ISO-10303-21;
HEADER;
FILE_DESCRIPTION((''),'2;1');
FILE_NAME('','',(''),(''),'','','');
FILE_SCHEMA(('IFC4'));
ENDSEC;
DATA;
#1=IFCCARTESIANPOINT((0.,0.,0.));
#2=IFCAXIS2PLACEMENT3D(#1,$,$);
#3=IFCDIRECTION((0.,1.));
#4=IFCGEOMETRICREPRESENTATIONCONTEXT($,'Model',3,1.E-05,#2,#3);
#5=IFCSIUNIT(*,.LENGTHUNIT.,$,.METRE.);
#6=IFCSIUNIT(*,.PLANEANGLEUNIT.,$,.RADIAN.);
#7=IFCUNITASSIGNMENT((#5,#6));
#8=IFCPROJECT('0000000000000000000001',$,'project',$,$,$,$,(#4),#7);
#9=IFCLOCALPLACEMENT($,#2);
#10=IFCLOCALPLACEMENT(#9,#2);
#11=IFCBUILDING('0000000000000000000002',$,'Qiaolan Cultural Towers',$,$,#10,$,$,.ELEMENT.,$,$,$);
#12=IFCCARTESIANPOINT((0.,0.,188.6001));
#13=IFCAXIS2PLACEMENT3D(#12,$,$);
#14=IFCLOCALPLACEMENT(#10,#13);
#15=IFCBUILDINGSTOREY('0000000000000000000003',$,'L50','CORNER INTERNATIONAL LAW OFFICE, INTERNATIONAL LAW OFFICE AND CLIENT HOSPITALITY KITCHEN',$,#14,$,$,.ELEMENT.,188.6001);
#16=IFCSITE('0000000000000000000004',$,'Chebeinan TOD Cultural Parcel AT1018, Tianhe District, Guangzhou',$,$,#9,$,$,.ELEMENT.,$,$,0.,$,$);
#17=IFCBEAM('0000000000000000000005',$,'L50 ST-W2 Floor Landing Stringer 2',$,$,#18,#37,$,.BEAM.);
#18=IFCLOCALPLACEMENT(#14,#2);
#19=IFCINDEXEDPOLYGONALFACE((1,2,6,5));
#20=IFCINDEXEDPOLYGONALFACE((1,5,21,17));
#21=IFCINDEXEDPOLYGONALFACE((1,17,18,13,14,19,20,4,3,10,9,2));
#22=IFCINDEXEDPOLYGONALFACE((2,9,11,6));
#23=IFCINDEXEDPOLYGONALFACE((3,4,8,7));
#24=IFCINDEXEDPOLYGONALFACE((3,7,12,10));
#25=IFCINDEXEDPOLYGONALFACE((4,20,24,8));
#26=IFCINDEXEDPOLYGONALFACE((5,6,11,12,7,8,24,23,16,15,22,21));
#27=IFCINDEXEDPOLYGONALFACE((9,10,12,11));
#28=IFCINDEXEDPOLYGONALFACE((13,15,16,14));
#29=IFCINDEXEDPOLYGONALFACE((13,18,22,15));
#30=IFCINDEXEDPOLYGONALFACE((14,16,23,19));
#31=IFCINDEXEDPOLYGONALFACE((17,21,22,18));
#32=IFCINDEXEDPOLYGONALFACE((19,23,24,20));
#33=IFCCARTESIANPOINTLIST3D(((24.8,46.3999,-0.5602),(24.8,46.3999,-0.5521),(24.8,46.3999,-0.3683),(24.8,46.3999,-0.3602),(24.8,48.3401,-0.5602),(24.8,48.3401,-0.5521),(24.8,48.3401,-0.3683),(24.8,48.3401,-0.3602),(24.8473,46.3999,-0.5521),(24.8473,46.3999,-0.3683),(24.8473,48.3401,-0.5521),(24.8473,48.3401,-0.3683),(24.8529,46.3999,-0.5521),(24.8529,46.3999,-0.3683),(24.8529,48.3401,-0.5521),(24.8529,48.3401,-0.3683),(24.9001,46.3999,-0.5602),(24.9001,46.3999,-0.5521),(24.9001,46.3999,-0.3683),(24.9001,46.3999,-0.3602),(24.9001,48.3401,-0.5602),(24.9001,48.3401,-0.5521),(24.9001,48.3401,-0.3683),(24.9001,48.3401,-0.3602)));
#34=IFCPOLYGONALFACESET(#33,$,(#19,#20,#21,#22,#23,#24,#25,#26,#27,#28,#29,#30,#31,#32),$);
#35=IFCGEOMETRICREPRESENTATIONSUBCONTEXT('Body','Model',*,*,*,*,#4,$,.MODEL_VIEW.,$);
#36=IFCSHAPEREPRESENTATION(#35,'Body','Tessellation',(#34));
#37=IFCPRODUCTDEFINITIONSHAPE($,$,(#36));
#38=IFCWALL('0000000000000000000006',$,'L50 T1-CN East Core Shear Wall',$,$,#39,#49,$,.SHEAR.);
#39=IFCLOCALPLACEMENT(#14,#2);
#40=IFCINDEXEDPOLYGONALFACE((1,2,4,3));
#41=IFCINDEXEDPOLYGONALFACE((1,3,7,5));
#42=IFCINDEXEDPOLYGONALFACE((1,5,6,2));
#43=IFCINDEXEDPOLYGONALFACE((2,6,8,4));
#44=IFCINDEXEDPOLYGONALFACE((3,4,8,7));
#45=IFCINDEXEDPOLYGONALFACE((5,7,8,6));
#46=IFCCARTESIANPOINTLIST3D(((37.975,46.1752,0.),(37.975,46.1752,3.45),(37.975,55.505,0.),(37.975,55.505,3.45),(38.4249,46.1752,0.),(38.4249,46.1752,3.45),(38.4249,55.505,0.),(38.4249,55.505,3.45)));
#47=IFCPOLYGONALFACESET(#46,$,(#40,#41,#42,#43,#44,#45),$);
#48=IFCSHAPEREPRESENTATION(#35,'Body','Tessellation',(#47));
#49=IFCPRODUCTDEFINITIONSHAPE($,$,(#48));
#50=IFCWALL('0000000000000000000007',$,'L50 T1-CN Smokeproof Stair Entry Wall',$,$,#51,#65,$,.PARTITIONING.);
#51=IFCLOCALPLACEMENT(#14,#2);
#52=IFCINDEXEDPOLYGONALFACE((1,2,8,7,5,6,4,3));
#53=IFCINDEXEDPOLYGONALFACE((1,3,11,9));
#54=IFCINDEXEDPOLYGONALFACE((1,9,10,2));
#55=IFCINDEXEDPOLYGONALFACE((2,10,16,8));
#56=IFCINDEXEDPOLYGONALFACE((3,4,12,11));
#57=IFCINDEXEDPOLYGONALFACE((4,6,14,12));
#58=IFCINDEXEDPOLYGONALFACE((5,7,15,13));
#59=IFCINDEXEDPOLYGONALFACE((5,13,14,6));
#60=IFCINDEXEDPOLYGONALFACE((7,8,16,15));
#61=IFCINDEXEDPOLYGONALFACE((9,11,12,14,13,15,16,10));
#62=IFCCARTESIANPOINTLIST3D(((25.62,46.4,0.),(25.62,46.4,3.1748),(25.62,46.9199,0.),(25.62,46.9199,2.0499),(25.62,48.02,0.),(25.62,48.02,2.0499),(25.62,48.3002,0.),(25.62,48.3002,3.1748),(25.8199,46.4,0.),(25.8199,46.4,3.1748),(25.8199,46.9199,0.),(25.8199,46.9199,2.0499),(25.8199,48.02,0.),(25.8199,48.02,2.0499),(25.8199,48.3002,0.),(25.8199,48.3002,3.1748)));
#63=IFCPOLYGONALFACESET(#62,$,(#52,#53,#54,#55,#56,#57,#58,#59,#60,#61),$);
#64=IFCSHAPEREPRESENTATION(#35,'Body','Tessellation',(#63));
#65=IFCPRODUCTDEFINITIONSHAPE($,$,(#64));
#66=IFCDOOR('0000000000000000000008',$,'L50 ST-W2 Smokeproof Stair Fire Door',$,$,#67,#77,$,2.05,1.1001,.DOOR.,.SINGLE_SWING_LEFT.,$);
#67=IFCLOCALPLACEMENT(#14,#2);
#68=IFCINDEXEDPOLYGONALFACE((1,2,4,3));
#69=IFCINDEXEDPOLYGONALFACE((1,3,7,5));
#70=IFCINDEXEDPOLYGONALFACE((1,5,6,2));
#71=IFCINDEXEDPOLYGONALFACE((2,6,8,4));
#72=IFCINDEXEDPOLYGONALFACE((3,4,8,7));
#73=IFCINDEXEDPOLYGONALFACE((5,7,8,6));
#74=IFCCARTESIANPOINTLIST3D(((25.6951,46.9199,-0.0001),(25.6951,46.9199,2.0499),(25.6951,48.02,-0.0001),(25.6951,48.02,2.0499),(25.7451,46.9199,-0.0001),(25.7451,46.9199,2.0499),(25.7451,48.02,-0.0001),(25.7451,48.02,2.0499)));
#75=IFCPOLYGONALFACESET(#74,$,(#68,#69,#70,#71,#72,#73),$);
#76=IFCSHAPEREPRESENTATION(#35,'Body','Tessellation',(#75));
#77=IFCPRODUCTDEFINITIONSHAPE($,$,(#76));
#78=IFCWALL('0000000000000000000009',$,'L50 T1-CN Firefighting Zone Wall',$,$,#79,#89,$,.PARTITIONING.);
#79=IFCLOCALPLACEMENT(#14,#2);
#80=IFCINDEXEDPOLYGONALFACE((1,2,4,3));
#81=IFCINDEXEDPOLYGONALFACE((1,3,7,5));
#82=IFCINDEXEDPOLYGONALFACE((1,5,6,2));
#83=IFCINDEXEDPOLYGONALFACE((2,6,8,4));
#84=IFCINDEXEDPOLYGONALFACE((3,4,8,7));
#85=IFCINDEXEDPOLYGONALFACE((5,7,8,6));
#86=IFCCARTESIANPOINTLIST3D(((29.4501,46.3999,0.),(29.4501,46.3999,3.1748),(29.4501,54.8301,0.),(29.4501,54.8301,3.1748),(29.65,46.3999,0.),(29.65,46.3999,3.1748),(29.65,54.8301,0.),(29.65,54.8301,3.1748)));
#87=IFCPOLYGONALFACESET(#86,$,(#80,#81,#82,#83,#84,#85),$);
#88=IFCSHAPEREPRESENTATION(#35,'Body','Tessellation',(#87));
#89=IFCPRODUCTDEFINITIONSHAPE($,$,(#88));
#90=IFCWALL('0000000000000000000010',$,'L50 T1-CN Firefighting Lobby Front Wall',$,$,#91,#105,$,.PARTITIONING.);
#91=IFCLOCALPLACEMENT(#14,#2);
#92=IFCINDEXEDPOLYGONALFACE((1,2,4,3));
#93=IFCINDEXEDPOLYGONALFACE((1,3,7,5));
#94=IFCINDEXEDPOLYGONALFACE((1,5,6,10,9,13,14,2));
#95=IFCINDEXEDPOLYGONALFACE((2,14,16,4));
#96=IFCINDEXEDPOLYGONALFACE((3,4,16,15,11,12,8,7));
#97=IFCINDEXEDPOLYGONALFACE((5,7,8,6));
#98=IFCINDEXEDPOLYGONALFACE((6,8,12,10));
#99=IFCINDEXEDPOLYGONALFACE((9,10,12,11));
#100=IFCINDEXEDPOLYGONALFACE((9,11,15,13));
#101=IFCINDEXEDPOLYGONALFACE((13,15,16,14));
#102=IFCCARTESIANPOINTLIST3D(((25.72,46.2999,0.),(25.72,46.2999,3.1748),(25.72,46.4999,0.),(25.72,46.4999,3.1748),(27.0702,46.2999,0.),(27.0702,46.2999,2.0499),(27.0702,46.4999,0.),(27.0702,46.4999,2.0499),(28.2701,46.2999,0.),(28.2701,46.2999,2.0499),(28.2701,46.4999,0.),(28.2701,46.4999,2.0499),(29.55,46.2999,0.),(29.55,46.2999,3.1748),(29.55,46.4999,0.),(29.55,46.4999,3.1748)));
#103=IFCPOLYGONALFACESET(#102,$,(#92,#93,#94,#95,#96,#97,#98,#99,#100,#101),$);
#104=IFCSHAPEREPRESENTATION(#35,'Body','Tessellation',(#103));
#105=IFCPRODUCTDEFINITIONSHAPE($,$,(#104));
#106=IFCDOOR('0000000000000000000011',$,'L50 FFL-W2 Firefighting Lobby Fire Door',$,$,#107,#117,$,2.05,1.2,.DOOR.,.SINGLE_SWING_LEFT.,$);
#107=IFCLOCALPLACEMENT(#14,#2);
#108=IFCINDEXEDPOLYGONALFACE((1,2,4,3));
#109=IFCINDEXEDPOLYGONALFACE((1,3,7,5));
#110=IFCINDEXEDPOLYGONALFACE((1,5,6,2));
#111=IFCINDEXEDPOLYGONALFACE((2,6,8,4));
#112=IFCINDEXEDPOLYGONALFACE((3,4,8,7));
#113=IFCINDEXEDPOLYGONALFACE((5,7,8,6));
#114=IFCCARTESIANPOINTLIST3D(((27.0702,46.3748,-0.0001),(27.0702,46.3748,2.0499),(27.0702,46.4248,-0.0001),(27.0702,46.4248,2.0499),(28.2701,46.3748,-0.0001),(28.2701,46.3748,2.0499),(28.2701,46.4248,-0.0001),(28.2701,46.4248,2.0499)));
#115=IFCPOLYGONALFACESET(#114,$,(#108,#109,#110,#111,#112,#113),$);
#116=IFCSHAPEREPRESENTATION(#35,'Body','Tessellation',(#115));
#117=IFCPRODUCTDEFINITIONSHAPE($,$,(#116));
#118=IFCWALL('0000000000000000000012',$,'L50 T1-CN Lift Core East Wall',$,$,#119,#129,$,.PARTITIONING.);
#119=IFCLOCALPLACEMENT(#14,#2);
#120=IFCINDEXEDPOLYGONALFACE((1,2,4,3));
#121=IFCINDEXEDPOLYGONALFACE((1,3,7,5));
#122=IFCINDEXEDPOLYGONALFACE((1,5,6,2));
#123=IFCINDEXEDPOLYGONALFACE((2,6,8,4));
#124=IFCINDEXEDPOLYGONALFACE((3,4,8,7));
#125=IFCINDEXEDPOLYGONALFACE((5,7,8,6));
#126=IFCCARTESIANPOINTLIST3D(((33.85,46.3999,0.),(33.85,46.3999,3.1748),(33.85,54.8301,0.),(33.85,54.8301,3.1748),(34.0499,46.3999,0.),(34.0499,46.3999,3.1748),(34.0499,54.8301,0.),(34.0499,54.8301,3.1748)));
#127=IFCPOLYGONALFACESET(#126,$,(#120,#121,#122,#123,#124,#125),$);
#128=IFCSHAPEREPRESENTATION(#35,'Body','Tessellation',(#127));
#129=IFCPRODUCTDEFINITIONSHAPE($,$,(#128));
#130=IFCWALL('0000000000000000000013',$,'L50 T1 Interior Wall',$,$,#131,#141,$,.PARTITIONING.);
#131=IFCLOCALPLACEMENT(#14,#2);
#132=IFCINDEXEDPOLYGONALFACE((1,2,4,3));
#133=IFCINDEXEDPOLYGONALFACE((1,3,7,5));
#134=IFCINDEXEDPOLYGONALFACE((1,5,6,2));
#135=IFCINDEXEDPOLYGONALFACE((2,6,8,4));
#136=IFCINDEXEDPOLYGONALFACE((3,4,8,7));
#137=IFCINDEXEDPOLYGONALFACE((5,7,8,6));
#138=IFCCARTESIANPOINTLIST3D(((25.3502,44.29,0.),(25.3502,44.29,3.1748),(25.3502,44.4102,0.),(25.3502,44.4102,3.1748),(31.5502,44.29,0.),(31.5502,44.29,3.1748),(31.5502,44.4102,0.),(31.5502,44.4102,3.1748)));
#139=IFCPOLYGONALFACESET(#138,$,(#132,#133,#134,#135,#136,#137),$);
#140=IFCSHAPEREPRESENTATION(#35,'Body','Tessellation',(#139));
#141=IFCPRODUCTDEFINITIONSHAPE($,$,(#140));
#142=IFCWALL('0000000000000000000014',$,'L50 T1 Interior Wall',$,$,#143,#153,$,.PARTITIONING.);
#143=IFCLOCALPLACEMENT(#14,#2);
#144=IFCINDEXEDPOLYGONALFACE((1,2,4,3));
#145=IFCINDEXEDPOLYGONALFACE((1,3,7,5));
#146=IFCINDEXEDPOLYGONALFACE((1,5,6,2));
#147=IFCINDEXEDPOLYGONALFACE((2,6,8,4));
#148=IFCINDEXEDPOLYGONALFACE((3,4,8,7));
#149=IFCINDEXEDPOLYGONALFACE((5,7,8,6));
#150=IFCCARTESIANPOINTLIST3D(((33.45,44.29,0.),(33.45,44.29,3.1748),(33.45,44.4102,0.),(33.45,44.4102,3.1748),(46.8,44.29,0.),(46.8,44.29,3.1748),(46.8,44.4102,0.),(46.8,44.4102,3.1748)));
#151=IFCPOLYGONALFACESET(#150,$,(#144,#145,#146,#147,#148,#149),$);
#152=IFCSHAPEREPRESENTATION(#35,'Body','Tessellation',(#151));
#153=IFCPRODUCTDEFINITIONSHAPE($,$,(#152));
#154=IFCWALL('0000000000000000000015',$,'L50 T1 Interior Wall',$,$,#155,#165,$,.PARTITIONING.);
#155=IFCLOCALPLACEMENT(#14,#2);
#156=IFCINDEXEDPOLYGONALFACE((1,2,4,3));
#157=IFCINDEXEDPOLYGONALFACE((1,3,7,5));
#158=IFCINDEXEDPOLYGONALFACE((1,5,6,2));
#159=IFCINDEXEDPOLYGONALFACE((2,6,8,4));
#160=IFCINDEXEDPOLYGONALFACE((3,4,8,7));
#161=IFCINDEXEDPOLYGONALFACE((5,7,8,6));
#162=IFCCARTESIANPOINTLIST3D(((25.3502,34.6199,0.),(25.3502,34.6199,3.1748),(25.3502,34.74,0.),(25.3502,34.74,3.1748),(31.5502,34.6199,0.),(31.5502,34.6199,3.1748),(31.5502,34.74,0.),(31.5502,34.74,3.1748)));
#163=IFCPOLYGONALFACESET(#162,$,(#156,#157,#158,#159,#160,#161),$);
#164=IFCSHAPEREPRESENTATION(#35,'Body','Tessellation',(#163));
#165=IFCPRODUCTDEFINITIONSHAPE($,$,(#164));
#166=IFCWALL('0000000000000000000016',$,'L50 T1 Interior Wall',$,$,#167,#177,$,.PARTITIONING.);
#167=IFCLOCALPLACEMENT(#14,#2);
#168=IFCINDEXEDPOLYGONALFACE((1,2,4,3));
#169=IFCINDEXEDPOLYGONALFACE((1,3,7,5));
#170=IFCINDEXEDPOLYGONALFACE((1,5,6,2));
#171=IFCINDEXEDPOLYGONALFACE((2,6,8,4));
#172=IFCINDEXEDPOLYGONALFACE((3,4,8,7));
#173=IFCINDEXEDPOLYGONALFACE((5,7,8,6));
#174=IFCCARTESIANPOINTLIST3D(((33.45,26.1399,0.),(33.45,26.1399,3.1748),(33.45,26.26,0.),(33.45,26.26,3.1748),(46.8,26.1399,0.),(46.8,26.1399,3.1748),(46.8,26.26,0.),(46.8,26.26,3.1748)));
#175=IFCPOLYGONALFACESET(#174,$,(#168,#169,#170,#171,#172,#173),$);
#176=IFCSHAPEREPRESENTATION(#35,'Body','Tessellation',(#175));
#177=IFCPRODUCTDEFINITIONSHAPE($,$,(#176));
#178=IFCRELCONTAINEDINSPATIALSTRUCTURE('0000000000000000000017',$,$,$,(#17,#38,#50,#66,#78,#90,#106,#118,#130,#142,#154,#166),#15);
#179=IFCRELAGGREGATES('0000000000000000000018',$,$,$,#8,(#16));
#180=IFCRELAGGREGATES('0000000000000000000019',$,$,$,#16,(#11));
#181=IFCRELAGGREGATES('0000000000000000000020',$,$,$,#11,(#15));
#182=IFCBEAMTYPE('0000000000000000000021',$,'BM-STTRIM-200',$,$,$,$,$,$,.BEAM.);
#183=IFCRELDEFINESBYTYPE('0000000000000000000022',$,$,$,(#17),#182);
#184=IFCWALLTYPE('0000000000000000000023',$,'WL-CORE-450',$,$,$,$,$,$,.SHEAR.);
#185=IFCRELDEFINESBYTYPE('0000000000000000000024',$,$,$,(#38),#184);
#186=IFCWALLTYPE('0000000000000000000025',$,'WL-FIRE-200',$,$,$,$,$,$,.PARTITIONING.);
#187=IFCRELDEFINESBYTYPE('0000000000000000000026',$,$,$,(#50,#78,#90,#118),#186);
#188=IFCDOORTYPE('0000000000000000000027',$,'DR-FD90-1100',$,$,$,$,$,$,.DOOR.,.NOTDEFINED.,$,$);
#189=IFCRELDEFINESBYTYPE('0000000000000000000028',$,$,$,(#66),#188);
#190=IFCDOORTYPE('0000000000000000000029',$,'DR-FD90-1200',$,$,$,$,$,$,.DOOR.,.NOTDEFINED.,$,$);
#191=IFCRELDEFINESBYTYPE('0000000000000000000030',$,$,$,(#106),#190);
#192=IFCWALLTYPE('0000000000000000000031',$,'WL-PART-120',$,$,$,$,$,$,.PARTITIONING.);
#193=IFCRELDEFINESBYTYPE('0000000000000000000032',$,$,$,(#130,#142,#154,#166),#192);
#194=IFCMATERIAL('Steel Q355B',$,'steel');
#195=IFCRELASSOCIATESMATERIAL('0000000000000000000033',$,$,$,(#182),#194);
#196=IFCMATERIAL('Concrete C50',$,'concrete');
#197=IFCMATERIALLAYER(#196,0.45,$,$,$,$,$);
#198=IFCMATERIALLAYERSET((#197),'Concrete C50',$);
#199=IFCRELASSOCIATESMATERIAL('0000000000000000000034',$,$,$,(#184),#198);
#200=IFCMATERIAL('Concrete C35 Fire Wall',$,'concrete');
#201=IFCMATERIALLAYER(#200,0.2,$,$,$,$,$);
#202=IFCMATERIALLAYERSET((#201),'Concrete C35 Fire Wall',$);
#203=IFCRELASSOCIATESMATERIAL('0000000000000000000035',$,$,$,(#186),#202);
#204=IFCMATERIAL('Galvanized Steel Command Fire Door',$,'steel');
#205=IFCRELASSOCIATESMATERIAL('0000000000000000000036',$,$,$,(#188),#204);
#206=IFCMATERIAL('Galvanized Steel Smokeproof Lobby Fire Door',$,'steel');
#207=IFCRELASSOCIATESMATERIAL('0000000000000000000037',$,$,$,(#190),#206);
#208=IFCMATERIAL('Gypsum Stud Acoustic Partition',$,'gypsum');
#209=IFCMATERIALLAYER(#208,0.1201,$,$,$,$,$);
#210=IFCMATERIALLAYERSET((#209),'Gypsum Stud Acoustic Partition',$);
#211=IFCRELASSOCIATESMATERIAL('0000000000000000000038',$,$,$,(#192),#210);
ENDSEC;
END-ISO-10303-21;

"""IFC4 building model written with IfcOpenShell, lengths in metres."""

from ifc_helpers import new_model, si_unit, direction, frame, frame_2d, origin, origin_2d, place, context, subcontext, project, spatial, rectangle, i_section, extrude, material, layer, layer_set, material_profile, profile_set, type_object, element, fill, save


model = new_model("IFC4")

# Units and contexts
model_context = context("Model", 3, precision=1e-05, world=origin(), true_north=direction((0.0, 1.0)))
body_context = subcontext(model_context, "Body", "Model", "MODEL_VIEW")
ifc_project = project(units=[si_unit("LENGTHUNIT", "METRE"), si_unit("PLANEANGLEUNIT", "RADIAN")], contexts=[model_context])

# Site, building, storey
site_placement = place(None, origin())
site = spatial("IfcSite", under=ifc_project, at=site_placement, Name="Chebeinan TOD Cultural Parcel AT1018, Tianhe District, Guangzhou", CompositionType="ELEMENT", RefElevation=0.0)
building_placement = place(site_placement, origin())
building = spatial("IfcBuilding", under=site, at=building_placement, Name="Qiaolan Cultural Towers", CompositionType="ELEMENT")
storey_placement = place(building_placement, frame((0.0, 0.0, 188.6001)))
storey = spatial("IfcBuildingStorey", under=building, at=storey_placement, Name="L50", Description="CORNER INTERNATIONAL LAW OFFICE, INTERNATIONAL LAW OFFICE AND CLIENT HOSPITALITY KITCHEN", CompositionType="ELEMENT", Elevation=188.6001)

# Beam
ifc_material_1 = material(Name="Steel Q355B", Category="steel")
ifc_material_profile_1 = material_profile(ifc_material_1, i_section(OverallWidth=0.1001, OverallDepth=0.2, WebThickness=0.0056, FlangeThickness=0.0081, at=origin_2d()), Name="HN200x100x5.5x8")
ifc_profile_set_1 = profile_set([ifc_material_profile_1], Name="Steel Q355B")
beam_type_1 = type_object("IfcBeamType", Name="BM-STTRIM-200", PredefinedType="BEAM", material=ifc_profile_set_1)
beam_1_placement = place(storey_placement, frame((24.8501, 46.3999, -0.4602), z_axis=(0.0, 1.0, 0.0), x_axis=(-1.0, 0.0, 0.0)))
element("IfcBeam", 1, at=beam_1_placement, inside=storey, type_object=beam_type_1, Name="L50 ST-W2 Floor Landing Stringer 2", PredefinedType="BEAM", context=body_context, shape_type="SweptSolid", body=[
    extrude(i_section(OverallWidth=0.1001, OverallDepth=0.2, WebThickness=0.0056, FlangeThickness=0.0081, at=origin_2d()), origin(), (0.0, 0.0, 1.0), 1.9402),
])

# Wall
ifc_material_2 = material(Name="Concrete C50", Category="concrete")
ifc_layer_1 = layer(ifc_material_2, 0.45)
ifc_layer_set_1 = layer_set([ifc_layer_1], Name="Concrete C50")
wall_type_1 = type_object("IfcWallType", Name="WL-CORE-450", PredefinedType="SHEAR", material=ifc_layer_set_1)
wall_1_placement = place(storey_placement, frame((38.2, 46.175, 0.0), z_axis=(0.0, 0.0, 1.0), x_axis=(0.0, 1.0, 0.0)))
element("IfcWall", 2, at=wall_1_placement, inside=storey, type_object=wall_type_1, Name="L50 T1-CN East Core Shear Wall", PredefinedType="SHEAR", context=body_context, shape_type="SweptSolid", body=[
    extrude(rectangle(XDim=9.3298, YDim=0.45, at=frame_2d((4.665, 0.0))), origin(), (0.0, 0.0, 1.0), 3.45),
])

# Wall, opening, door
ifc_material_3 = material(Name="Concrete C35 Fire Wall", Category="concrete")
ifc_layer_2 = layer(ifc_material_3, 0.2)
ifc_layer_set_2 = layer_set([ifc_layer_2], Name="Concrete C35 Fire Wall")
wall_type_2 = type_object("IfcWallType", Name="WL-FIRE-200", PredefinedType="PARTITIONING", material=ifc_layer_set_2)
wall_2_placement = place(storey_placement, frame((25.72, 46.3999, 0.0), z_axis=(0.0, 0.0, 1.0), x_axis=(0.0, 1.0, 0.0)))
wall_2 = element("IfcWall", 3, at=wall_2_placement, inside=storey, type_object=wall_type_2, Name="L50 T1-CN Smokeproof Stair Entry Wall", PredefinedType="PARTITIONING", context=body_context, shape_type="SweptSolid", body=[
    extrude(rectangle(XDim=1.9001, YDim=0.2, at=frame_2d((0.9502, 0.0))), origin(), (0.0, 0.0, 1.0), 3.1748),
])
opening_1_placement = place(wall_2_placement, frame((0.52, 0.0, 0.0)))
opening_1 = element("IfcOpeningElement", 4, at=opening_1_placement, cuts=wall_2, PredefinedType="OPENING", context=body_context, shape_type="SweptSolid", body=[
    extrude(rectangle(XDim=1.1001, YDim=2.05, at=frame_2d((0.55, 1.0249))), frame((0.0, 0.1099, 0.0), z_axis=(0.0, -1.0, 0.0), x_axis=(1.0, 0.0, 0.0)), (0.0, 0.0, 1.0), 0.22),
])
ifc_material_4 = material(Name="Galvanized Steel Command Fire Door", Category="steel")
door_type_1 = type_object("IfcDoorType", Name="DR-FD90-1100", OperationType="NOTDEFINED", PredefinedType="DOOR", material=ifc_material_4)
door_1_placement = place(opening_1_placement, origin())
door_1 = element("IfcDoor", 5, at=door_1_placement, inside=storey, type_object=door_type_1, Name="L50 ST-W2 Smokeproof Stair Fire Door", OperationType="SINGLE_SWING_LEFT", OverallHeight=2.05, OverallWidth=1.1001, PredefinedType="DOOR", context=body_context, shape_type="SweptSolid", body=[
    extrude(rectangle(XDim=1.1001, YDim=2.05, at=frame_2d((0.55, 1.0249))), frame((0.0, 0.0249, 0.0), z_axis=(0.0, -1.0, 0.0), x_axis=(1.0, 0.0, 0.0)), (0.0, 0.0, 1.0), 0.05),
])
fill(opening_1, door_1)

# Wall
wall_3_placement = place(storey_placement, frame((29.55, 46.3999, 0.0), z_axis=(0.0, 0.0, 1.0), x_axis=(0.0, 1.0, 0.0)))
element("IfcWall", 6, at=wall_3_placement, inside=storey, type_object=wall_type_2, Name="L50 T1-CN Firefighting Zone Wall", PredefinedType="PARTITIONING", context=body_context, shape_type="SweptSolid", body=[
    extrude(rectangle(XDim=8.4302, YDim=0.2, at=frame_2d((4.2151, 0.0))), origin(), (0.0, 0.0, 1.0), 3.1748),
])

# Wall, opening, door
wall_4_placement = place(storey_placement, frame((25.72, 46.3999, 0.0), z_axis=(0.0, 0.0, 1.0), x_axis=(1.0, 0.0, 0.0)))
wall_4 = element("IfcWall", 7, at=wall_4_placement, inside=storey, type_object=wall_type_2, Name="L50 T1-CN Firefighting Lobby Front Wall", PredefinedType="PARTITIONING", context=body_context, shape_type="SweptSolid", body=[
    extrude(rectangle(XDim=3.8301, YDim=0.2, at=frame_2d((1.915, 0.0))), origin(), (0.0, 0.0, 1.0), 3.1748),
])
opening_2_placement = place(wall_4_placement, frame((1.3501, 0.0, 0.0)))
opening_2 = element("IfcOpeningElement", 8, at=opening_2_placement, cuts=wall_4, PredefinedType="OPENING", context=body_context, shape_type="SweptSolid", body=[
    extrude(rectangle(XDim=1.2, YDim=2.05, at=frame_2d((0.6001, 1.0249))), frame((0.0, 0.1099, 0.0), z_axis=(0.0, -1.0, 0.0), x_axis=(1.0, 0.0, 0.0)), (0.0, 0.0, 1.0), 0.22),
])
ifc_material_5 = material(Name="Galvanized Steel Smokeproof Lobby Fire Door", Category="steel")
door_type_2 = type_object("IfcDoorType", Name="DR-FD90-1200", OperationType="NOTDEFINED", PredefinedType="DOOR", material=ifc_material_5)
door_2_placement = place(opening_2_placement, origin())
door_2 = element("IfcDoor", 9, at=door_2_placement, inside=storey, type_object=door_type_2, Name="L50 FFL-W2 Firefighting Lobby Fire Door", OperationType="SINGLE_SWING_LEFT", OverallHeight=2.05, OverallWidth=1.2, PredefinedType="DOOR", context=body_context, shape_type="SweptSolid", body=[
    extrude(rectangle(XDim=1.2, YDim=2.05, at=frame_2d((0.6001, 1.0249))), frame((0.0, 0.0249, 0.0), z_axis=(0.0, -1.0, 0.0), x_axis=(1.0, 0.0, 0.0)), (0.0, 0.0, 1.0), 0.05),
])
fill(opening_2, door_2)

# Walls
wall_5_placement = place(storey_placement, frame((33.95, 46.3999, 0.0), z_axis=(0.0, 0.0, 1.0), x_axis=(0.0, 1.0, 0.0)))
element("IfcWall", 10, at=wall_5_placement, inside=storey, type_object=wall_type_2, Name="L50 T1-CN Lift Core East Wall", PredefinedType="PARTITIONING", context=body_context, shape_type="SweptSolid", body=[
    extrude(rectangle(XDim=8.4302, YDim=0.2, at=frame_2d((4.2151, 0.0))), origin(), (0.0, 0.0, 1.0), 3.1748),
])
ifc_material_6 = material(Name="Gypsum Stud Acoustic Partition", Category="gypsum")
ifc_layer_3 = layer(ifc_material_6, 0.1201)
ifc_layer_set_3 = layer_set([ifc_layer_3], Name="Gypsum Stud Acoustic Partition")
wall_type_3 = type_object("IfcWallType", Name="WL-PART-120", PredefinedType="PARTITIONING", material=ifc_layer_set_3)
wall_6_placement = place(storey_placement, frame((25.3501, 44.3501, 0.0), z_axis=(0.0, 0.0, 1.0), x_axis=(1.0, 0.0, 0.0)))
element("IfcWall", 11, at=wall_6_placement, inside=storey, type_object=wall_type_3, Name="L50 T1 Interior Wall", PredefinedType="PARTITIONING", context=body_context, shape_type="SweptSolid", body=[
    extrude(rectangle(XDim=6.2, YDim=0.1201, at=frame_2d((3.1001, 0.0))), origin(), (0.0, 0.0, 1.0), 3.1748),
])
wall_7_placement = place(storey_placement, frame((33.45, 44.3501, 0.0), z_axis=(0.0, 0.0, 1.0), x_axis=(1.0, 0.0, 0.0)))
element("IfcWall", 12, at=wall_7_placement, inside=storey, type_object=wall_type_3, Name="L50 T1 Interior Wall", PredefinedType="PARTITIONING", context=body_context, shape_type="SweptSolid", body=[
    extrude(rectangle(XDim=13.3501, YDim=0.1201, at=frame_2d((6.675, 0.0))), origin(), (0.0, 0.0, 1.0), 3.1748),
])
wall_8_placement = place(storey_placement, frame((25.3501, 34.6799, 0.0), z_axis=(0.0, 0.0, 1.0), x_axis=(1.0, 0.0, 0.0)))
element("IfcWall", 13, at=wall_8_placement, inside=storey, type_object=wall_type_3, Name="L50 T1 Interior Wall", PredefinedType="PARTITIONING", context=body_context, shape_type="SweptSolid", body=[
    extrude(rectangle(XDim=6.2, YDim=0.1201, at=frame_2d((3.1001, 0.0))), origin(), (0.0, 0.0, 1.0), 3.1748),
])
for number, where, z_axis, x_axis, name in (
    (14, (33.45, 26.2, 0.0), (0.0, 0.0, 1.0), (1.0, 0.0, 0.0), "L50 T1 Interior Wall"),
):
    element("IfcWall", number, at=place(storey_placement, frame(where, z_axis=z_axis, x_axis=x_axis)), inside=storey, type_object=wall_type_3, Name=name, PredefinedType="PARTITIONING", context=body_context, shape_type="SweptSolid", body=[
        extrude(rectangle(XDim=13.3501, YDim=0.1201, at=frame_2d((6.675, 0.0))), origin(), (0.0, 0.0, 1.0), 3.1748),
    ])

save(model, "model.ifc")
